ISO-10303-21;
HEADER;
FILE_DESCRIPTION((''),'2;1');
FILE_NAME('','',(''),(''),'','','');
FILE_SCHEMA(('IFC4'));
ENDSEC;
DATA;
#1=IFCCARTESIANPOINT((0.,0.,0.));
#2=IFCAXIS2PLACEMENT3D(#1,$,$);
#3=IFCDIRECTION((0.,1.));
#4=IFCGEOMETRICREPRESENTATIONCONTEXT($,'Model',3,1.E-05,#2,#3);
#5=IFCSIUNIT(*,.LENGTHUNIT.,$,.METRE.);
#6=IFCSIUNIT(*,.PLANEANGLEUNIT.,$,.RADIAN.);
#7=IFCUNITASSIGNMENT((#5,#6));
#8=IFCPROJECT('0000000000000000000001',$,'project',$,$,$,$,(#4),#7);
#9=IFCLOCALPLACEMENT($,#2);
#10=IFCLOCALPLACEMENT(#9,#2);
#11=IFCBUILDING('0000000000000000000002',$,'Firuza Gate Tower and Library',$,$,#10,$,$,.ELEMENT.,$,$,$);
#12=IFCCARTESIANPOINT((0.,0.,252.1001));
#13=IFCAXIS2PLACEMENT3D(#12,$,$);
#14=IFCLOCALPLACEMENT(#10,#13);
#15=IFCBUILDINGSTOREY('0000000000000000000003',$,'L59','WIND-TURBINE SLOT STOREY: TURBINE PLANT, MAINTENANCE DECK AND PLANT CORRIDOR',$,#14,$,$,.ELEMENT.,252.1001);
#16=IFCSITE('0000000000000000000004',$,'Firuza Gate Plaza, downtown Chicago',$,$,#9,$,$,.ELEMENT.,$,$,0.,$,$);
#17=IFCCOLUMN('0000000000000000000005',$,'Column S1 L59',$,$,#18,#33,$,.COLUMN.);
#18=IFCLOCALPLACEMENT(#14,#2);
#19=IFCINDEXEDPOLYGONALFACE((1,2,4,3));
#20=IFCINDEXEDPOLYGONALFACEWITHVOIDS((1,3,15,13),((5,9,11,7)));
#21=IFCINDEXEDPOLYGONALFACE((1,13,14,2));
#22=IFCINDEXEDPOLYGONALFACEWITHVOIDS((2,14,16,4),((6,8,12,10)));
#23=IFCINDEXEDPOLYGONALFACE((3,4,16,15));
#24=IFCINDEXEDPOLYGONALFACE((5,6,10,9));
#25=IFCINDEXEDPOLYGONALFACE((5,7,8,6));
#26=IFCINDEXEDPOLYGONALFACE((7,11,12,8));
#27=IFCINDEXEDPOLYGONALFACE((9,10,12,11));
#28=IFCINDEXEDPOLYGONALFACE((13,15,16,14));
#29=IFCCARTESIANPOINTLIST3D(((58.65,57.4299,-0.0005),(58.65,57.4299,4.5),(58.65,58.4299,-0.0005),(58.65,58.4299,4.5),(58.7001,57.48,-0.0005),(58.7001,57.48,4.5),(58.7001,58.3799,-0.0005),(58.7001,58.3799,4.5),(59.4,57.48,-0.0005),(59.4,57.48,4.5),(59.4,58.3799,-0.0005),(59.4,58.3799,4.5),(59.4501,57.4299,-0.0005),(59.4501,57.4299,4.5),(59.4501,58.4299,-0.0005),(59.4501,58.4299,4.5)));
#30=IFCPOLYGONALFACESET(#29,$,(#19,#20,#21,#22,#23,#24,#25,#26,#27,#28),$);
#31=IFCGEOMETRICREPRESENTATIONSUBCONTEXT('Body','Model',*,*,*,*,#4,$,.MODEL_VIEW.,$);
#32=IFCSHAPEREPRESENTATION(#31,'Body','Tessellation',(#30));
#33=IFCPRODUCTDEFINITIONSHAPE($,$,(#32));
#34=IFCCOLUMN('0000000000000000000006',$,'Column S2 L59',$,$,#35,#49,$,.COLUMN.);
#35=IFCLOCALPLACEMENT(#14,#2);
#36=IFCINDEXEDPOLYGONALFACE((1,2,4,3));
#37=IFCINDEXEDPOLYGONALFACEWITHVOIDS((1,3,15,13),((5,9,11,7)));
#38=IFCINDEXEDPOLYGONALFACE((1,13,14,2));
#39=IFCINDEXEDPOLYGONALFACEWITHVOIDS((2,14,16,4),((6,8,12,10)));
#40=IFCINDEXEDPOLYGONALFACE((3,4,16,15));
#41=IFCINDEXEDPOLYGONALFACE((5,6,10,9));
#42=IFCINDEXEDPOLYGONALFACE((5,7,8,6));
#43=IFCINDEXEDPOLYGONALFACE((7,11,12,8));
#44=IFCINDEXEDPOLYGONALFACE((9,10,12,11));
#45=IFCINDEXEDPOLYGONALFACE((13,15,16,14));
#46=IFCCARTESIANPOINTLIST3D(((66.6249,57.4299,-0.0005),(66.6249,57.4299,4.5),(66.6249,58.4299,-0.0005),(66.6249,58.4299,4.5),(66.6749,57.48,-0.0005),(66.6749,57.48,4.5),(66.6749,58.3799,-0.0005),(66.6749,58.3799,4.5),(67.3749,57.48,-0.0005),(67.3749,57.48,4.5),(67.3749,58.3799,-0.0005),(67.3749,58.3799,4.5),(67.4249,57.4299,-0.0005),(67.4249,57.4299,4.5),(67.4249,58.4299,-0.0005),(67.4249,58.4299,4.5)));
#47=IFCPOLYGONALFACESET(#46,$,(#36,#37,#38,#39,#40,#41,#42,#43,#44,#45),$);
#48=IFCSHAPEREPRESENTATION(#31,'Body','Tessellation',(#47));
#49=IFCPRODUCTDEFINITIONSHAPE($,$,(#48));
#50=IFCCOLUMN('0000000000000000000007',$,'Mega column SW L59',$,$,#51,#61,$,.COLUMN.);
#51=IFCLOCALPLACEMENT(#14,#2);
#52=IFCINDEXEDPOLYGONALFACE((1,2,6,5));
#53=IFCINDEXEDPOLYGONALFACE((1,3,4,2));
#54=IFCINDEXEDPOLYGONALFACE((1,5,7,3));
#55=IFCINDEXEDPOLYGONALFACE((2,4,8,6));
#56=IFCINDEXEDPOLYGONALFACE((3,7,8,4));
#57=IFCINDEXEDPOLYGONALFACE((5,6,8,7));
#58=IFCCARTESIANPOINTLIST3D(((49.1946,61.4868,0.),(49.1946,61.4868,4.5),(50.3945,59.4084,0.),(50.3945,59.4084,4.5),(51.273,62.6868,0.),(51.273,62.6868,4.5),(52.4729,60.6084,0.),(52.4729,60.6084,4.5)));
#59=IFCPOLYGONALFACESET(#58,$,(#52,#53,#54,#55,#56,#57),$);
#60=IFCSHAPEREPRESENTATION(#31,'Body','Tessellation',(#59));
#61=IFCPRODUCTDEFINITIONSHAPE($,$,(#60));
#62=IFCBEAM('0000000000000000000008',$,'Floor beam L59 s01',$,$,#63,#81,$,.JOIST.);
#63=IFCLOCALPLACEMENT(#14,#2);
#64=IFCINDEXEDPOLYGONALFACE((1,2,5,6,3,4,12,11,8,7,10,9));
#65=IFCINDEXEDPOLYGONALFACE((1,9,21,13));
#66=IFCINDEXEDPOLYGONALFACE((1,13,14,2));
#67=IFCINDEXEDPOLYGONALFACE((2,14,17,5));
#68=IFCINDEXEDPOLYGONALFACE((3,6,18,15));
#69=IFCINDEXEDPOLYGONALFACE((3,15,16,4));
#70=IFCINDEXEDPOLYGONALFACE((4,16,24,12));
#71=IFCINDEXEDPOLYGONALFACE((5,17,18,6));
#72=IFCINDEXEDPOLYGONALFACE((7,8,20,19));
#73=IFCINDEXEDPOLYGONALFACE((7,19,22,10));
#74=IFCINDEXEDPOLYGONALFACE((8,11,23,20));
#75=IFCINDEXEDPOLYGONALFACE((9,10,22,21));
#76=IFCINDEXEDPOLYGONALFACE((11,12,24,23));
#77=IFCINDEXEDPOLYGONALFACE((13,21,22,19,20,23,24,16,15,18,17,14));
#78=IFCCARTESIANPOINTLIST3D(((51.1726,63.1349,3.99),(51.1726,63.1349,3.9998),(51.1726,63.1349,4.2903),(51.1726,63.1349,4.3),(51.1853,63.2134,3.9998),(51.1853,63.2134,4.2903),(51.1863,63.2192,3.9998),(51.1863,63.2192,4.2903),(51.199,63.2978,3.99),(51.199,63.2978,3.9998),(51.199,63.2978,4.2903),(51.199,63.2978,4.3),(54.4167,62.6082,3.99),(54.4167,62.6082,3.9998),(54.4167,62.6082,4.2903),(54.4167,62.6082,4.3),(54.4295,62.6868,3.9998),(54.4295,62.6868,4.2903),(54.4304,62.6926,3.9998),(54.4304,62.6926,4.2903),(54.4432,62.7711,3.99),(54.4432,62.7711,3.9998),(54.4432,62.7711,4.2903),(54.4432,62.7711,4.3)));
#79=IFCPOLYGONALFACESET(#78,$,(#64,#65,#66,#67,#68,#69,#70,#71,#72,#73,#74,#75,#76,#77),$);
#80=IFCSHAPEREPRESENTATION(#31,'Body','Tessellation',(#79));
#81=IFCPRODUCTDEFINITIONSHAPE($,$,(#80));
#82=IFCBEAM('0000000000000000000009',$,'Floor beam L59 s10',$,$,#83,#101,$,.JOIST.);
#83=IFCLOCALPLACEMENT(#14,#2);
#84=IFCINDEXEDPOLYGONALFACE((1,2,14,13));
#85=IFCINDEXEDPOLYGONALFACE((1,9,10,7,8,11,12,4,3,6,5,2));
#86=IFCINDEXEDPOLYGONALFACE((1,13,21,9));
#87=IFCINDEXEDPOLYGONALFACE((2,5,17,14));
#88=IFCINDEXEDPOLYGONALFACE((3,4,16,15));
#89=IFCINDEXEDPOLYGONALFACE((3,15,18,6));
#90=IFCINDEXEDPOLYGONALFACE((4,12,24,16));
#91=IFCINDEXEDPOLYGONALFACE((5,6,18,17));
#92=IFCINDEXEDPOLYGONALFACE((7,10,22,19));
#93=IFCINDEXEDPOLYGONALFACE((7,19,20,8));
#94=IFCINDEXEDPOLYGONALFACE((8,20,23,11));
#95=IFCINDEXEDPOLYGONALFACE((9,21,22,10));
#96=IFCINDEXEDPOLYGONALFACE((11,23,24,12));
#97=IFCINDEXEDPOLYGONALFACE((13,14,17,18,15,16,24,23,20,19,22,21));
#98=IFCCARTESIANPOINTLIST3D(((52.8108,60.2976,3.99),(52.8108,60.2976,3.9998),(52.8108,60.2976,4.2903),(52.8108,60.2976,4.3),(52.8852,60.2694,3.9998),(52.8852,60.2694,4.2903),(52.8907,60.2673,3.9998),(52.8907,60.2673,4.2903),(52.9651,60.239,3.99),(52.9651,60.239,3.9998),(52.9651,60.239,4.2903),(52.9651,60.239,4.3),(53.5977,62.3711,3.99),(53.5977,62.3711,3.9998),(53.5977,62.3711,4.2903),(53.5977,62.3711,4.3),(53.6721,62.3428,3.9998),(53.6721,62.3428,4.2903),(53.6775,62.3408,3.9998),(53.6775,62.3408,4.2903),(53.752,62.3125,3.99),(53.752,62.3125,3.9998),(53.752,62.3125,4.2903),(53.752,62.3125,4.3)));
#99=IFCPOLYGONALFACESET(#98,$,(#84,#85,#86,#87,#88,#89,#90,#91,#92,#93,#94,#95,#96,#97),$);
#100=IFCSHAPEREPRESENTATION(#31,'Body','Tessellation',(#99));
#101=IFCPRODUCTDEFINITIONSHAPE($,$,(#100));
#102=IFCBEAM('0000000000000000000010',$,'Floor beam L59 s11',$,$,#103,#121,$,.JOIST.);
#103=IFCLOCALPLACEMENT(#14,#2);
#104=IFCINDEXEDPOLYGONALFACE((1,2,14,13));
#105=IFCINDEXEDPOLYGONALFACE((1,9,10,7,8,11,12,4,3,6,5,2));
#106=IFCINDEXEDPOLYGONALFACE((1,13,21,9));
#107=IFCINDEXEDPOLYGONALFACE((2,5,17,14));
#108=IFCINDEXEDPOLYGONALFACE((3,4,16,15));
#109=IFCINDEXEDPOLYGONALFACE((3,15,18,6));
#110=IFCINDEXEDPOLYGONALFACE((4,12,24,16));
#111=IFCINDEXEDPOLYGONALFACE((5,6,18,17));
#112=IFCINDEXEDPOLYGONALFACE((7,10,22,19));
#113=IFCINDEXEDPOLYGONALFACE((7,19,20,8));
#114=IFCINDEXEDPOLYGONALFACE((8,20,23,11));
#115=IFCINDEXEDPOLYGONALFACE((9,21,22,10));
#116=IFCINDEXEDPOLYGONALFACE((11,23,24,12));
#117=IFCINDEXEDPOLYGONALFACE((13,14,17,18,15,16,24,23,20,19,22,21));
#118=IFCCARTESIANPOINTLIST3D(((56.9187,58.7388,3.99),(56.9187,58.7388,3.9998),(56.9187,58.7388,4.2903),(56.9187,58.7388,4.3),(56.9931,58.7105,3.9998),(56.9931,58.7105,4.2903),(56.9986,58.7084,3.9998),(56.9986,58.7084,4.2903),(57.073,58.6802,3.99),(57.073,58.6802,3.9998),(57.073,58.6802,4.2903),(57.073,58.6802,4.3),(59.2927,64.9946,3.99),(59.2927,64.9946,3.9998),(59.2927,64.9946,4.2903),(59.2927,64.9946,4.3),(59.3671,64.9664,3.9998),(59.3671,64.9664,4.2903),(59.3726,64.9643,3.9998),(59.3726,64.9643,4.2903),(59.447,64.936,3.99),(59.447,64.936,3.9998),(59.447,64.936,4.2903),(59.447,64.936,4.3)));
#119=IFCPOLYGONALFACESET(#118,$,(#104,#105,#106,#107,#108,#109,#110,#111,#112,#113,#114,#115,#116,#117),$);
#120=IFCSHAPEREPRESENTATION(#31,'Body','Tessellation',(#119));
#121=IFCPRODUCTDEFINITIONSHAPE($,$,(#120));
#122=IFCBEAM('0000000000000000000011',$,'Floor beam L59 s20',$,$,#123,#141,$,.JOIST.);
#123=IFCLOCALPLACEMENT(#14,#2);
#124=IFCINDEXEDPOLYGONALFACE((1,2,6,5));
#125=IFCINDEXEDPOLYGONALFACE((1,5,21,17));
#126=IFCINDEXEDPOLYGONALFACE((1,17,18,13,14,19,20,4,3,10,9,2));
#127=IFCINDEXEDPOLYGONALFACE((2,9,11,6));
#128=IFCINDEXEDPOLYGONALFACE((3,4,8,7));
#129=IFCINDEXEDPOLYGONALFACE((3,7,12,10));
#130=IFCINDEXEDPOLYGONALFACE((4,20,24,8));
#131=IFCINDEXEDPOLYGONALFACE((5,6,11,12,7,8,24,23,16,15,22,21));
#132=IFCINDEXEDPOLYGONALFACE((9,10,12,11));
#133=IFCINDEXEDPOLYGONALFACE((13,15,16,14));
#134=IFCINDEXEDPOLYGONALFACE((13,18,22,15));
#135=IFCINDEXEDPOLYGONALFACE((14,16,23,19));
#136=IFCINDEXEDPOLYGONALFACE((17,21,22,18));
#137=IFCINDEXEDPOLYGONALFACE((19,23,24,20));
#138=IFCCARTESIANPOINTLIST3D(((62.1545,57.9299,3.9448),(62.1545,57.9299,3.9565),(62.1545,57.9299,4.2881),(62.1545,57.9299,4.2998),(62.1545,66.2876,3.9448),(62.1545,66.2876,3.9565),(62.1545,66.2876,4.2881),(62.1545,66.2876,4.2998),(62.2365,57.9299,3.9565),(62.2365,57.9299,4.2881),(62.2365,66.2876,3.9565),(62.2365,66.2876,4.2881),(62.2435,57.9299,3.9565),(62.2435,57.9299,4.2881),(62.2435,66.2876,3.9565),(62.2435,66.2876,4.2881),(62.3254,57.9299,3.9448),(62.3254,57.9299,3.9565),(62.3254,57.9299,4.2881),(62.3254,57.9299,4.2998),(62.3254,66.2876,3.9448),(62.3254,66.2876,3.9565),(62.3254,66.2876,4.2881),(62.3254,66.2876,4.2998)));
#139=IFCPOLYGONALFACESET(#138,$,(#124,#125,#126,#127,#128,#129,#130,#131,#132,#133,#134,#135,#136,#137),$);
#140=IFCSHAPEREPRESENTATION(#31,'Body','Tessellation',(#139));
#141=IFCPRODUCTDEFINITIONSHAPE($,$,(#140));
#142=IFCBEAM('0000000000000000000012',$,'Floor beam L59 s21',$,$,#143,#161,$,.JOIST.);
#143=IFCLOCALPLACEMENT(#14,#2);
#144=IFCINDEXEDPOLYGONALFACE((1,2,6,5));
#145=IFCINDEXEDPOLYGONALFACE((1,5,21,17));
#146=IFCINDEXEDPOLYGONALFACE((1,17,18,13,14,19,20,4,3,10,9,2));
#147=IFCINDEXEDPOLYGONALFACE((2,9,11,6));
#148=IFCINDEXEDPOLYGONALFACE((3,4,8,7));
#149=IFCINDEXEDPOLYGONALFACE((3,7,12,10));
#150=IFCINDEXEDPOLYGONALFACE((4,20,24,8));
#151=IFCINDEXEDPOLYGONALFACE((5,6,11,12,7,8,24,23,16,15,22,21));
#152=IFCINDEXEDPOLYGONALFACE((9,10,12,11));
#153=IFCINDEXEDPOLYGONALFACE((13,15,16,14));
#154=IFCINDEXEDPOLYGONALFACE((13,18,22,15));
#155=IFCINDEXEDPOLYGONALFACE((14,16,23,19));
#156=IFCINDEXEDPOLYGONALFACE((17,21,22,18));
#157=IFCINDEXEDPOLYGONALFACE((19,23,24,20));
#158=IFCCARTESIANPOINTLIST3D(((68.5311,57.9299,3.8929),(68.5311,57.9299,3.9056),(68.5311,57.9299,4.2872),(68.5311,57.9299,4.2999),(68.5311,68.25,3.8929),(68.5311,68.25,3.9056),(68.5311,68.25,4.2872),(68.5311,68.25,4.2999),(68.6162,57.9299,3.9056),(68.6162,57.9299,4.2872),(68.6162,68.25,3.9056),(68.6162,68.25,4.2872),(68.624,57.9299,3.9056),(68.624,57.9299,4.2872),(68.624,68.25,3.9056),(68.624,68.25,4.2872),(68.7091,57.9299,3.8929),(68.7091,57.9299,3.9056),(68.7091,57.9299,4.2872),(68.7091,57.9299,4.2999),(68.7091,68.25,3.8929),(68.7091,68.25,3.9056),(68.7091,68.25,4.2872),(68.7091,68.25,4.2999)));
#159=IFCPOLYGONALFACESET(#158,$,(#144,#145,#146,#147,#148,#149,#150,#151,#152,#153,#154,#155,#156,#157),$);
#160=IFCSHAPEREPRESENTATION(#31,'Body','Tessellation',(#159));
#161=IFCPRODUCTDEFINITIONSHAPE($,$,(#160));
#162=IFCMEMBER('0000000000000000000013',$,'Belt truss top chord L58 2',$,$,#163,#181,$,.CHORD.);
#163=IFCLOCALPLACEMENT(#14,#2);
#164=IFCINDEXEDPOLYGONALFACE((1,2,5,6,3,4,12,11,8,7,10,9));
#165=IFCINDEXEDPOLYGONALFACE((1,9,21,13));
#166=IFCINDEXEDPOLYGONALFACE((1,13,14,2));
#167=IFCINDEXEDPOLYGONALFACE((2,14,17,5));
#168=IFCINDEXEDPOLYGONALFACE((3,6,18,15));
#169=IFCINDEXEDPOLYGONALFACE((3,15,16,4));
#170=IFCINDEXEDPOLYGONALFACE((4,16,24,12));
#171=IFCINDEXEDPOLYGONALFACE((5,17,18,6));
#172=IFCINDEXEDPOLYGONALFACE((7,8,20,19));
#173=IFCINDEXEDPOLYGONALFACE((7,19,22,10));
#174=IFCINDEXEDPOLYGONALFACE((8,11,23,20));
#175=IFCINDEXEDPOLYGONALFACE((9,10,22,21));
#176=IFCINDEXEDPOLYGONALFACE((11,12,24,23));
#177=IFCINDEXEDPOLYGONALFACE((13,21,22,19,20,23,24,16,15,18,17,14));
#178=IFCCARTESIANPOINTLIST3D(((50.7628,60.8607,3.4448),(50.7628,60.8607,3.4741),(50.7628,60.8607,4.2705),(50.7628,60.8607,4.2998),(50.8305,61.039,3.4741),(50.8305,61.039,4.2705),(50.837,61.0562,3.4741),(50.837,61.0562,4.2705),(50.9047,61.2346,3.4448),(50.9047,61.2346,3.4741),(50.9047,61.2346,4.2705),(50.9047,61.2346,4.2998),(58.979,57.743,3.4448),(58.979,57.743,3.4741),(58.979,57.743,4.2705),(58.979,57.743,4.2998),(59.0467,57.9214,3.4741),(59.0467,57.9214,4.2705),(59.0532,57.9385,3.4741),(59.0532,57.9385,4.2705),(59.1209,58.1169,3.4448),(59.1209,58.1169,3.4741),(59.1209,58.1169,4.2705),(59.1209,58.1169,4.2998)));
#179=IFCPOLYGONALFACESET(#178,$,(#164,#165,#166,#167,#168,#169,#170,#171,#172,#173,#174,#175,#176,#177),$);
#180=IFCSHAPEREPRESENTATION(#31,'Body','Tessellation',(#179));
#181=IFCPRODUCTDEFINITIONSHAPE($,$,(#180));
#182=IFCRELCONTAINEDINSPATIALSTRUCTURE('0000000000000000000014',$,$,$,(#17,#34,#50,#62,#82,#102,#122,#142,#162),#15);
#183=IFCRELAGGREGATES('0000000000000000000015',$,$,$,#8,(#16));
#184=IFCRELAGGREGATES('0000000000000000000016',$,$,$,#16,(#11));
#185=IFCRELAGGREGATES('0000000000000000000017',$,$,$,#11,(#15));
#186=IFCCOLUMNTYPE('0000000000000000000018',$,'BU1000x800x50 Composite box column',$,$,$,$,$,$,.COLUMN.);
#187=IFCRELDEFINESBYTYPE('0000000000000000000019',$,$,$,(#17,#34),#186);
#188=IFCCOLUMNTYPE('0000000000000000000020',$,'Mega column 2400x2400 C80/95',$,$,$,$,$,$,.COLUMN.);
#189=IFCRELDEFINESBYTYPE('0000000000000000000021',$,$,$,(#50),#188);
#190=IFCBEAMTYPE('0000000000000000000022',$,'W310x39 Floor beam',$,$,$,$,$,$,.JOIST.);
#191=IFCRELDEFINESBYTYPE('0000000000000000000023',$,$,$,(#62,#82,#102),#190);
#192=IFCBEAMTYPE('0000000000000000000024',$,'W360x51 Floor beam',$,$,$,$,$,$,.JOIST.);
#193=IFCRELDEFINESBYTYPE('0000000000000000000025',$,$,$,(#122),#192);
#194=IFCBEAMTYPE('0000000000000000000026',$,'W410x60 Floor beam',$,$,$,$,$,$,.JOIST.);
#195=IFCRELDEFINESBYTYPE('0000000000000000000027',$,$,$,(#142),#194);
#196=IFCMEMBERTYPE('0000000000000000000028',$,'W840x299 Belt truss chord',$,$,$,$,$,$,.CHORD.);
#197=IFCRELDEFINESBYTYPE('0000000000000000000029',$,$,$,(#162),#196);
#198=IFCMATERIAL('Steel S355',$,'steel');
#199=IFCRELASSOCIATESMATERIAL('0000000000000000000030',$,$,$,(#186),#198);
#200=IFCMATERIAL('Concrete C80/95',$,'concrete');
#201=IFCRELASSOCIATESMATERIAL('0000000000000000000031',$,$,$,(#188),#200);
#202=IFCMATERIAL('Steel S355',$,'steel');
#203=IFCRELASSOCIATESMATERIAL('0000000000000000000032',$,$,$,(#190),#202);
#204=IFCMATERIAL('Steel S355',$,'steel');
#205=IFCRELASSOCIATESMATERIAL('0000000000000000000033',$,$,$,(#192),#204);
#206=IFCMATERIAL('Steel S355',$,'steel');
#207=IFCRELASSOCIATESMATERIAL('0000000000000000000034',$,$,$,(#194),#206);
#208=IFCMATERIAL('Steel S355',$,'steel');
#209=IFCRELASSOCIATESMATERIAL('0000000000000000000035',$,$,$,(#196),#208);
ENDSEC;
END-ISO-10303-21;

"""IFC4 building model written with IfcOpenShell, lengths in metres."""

from ifc_helpers import new_model, si_unit, direction, frame, origin, origin_2d, place, context, subcontext, project, spatial, rectangle, hollow_rectangle, i_section, extrude, material, material_profile, profile_set, type_object, element, save


model = new_model("IFC4")

# Units and contexts
model_context = context("Model", 3, precision=1e-05, world=origin(), true_north=direction((0.0, 1.0)))
body_context = subcontext(model_context, "Body", "Model", "MODEL_VIEW")
ifc_project = project(units=[si_unit("LENGTHUNIT", "METRE"), si_unit("PLANEANGLEUNIT", "RADIAN")], contexts=[model_context])

# Site, building, storey
site_placement = place(None, origin())
site = spatial("IfcSite", under=ifc_project, at=site_placement, Name="Firuza Gate Plaza, downtown Chicago", CompositionType="ELEMENT", RefElevation=0.0)
building_placement = place(site_placement, origin())
building = spatial("IfcBuilding", under=site, at=building_placement, Name="Firuza Gate Tower and Library", CompositionType="ELEMENT")
storey_placement = place(building_placement, frame((0.0, 0.0, 252.1001)))
storey = spatial("IfcBuildingStorey", under=building, at=storey_placement, Name="L59", Description="WIND-TURBINE SLOT STOREY: TURBINE PLANT, MAINTENANCE DECK AND PLANT CORRIDOR", CompositionType="ELEMENT", Elevation=252.1001)

# Columns
ifc_material_1 = material(Name="Steel S355", Category="steel")
ifc_material_profile_1 = material_profile(ifc_material_1, hollow_rectangle(XDim=0.8, YDim=1.0, WallThickness=0.05, at=origin_2d()))
ifc_profile_set_1 = profile_set([ifc_material_profile_1], Name="Steel S355")
column_type_1 = type_object("IfcColumnType", Name="BU1000x800x50 Composite box column", PredefinedType="COLUMN", material=ifc_profile_set_1)
for number, where, z_axis, x_axis, name in (
    (1, (59.05, 57.9299, -0.0005), (0.0, 0.0, 1.0), (1.0, 0.0, 0.0), "Column S1 L59"),
    (2, (67.0249, 57.9299, -0.0005), (0.0, 0.0, 1.0), (1.0, 0.0, 0.0), "Column S2 L59"),
):
    element("IfcColumn", number, at=place(storey_placement, frame(where, z_axis=z_axis, x_axis=x_axis)), inside=storey, type_object=column_type_1, Name=name, PredefinedType="COLUMN", context=body_context, shape_type="SweptSolid", body=[
        extrude(hollow_rectangle(XDim=0.8, YDim=1.0, WallThickness=0.05, at=origin_2d()), origin(), (0.0, 0.0, 1.0), 4.5005),
    ])
ifc_material_2 = material(Name="Concrete C80/95", Category="concrete")
ifc_material_profile_2 = material_profile(ifc_material_2, rectangle(XDim=2.3999, YDim=2.3999, at=origin_2d()))
ifc_profile_set_2 = profile_set([ifc_material_profile_2], Name="Concrete C80/95")
column_type_2 = type_object("IfcColumnType", Name="Mega column 2400x2400 C80/95", PredefinedType="COLUMN", material=ifc_profile_set_2)
column_placement = place(storey_placement, frame((50.8337, 61.0476, 0.0), z_axis=(0.0, 0.0, 1.0), x_axis=(0.5, -0.866025, 0.0)))
element("IfcColumn", 3, at=column_placement, inside=storey, type_object=column_type_2, Name="Mega column SW L59", PredefinedType="COLUMN", context=body_context, shape_type="SweptSolid", body=[
    extrude(rectangle(XDim=2.3999, YDim=2.3999, at=origin_2d()), origin(), (0.0, 0.0, 1.0), 4.5),
])

# Beams
ifc_material_3 = material(Name="Steel S355", Category="steel")
ifc_material_profile_3 = material_profile(ifc_material_3, i_section(OverallWidth=0.165, OverallDepth=0.3101, WebThickness=0.0059, FlangeThickness=0.0098, at=origin_2d()))
ifc_profile_set_3 = profile_set([ifc_material_profile_3], Name="Steel S355")
beam_type_1 = type_object("IfcBeamType", Name="W310x39 Floor beam", PredefinedType="JOIST", material=ifc_profile_set_3)
beam_1_placement = place(storey_placement, frame((51.1858, 63.2163, 4.145), z_axis=(0.98708, -0.16023, 0.0), x_axis=(0.16023, 0.98708, 0.0)))
element("IfcBeam", 4, at=beam_1_placement, inside=storey, type_object=beam_type_1, Name="Floor beam L59 s01", PredefinedType="JOIST", context=body_context, shape_type="SweptSolid", body=[
    extrude(i_section(OverallWidth=0.165, OverallDepth=0.3101, WebThickness=0.0059, FlangeThickness=0.0098, at=origin_2d()), origin(), (0.0, 0.0, 1.0), 3.2866),
])
beam_2_placement = place(storey_placement, frame((52.8879, 60.2683, 4.145), z_axis=(0.3548, 0.934942, 0.0), x_axis=(-0.934942, 0.3548, 0.0)))
element("IfcBeam", 5, at=beam_2_placement, inside=storey, type_object=beam_type_1, Name="Floor beam L59 s10", PredefinedType="JOIST", context=body_context, shape_type="SweptSolid", body=[
    extrude(i_section(OverallWidth=0.165, OverallDepth=0.3101, WebThickness=0.0059, FlangeThickness=0.0098, at=origin_2d()), origin(), (0.0, 0.0, 1.0), 2.2178),
])
beam_3_placement = place(storey_placement, frame((56.9958, 58.7095, 4.145), z_axis=(0.354799, 0.934942, 0.0), x_axis=(-0.934942, 0.354799, 0.0)))
element("IfcBeam", 6, at=beam_3_placement, inside=storey, type_object=beam_type_1, Name="Floor beam L59 s11", PredefinedType="JOIST", context=body_context, shape_type="SweptSolid", body=[
    extrude(i_section(OverallWidth=0.165, OverallDepth=0.3101, WebThickness=0.0059, FlangeThickness=0.0098, at=origin_2d()), origin(), (0.0, 0.0, 1.0), 6.6912),
])
ifc_material_4 = material(Name="Steel S355", Category="steel")
ifc_material_profile_4 = material_profile(ifc_material_4, i_section(OverallWidth=0.1709, OverallDepth=0.355, WebThickness=0.0071, FlangeThickness=0.0117, at=origin_2d()))
ifc_profile_set_4 = profile_set([ifc_material_profile_4], Name="Steel S355")
beam_type_2 = type_object("IfcBeamType", Name="W360x51 Floor beam", PredefinedType="JOIST", material=ifc_profile_set_4)
beam_4_placement = place(storey_placement, frame((62.24, 57.9299, 4.1223), z_axis=(0.0, 1.0, 0.0), x_axis=(-1.0, 0.0, 0.0)))
element("IfcBeam", 7, at=beam_4_placement, inside=storey, type_object=beam_type_2, Name="Floor beam L59 s20", PredefinedType="JOIST", context=body_context, shape_type="SweptSolid", body=[
    extrude(i_section(OverallWidth=0.1709, OverallDepth=0.355, WebThickness=0.0071, FlangeThickness=0.0117, at=origin_2d()), origin(), (0.0, 0.0, 1.0), 8.3577),
])
ifc_material_5 = material(Name="Steel S355", Category="steel")
ifc_material_profile_5 = material_profile(ifc_material_5, i_section(OverallWidth=0.178, OverallDepth=0.407, WebThickness=0.0078, FlangeThickness=0.0127, at=origin_2d()))
ifc_profile_set_5 = profile_set([ifc_material_profile_5], Name="Steel S355")
beam_type_3 = type_object("IfcBeamType", Name="W410x60 Floor beam", PredefinedType="JOIST", material=ifc_profile_set_5)
beam_5_placement = place(storey_placement, frame((68.6201, 57.9299, 4.0964), z_axis=(0.0, 1.0, 0.0), x_axis=(-1.0, 0.0, 0.0)))
element("IfcBeam", 8, at=beam_5_placement, inside=storey, type_object=beam_type_3, Name="Floor beam L59 s21", PredefinedType="JOIST", context=body_context, shape_type="SweptSolid", body=[
    extrude(i_section(OverallWidth=0.178, OverallDepth=0.407, WebThickness=0.0078, FlangeThickness=0.0127, at=origin_2d()), origin(), (0.0, 0.0, 1.0), 10.3201),
])

# Member
ifc_material_6 = material(Name="Steel S355", Category="steel")
ifc_material_profile_6 = material_profile(ifc_material_6, i_section(OverallWidth=0.3999, OverallDepth=0.855, WebThickness=0.0183, FlangeThickness=0.0293, at=origin_2d()))
ifc_profile_set_6 = profile_set([ifc_material_profile_6], Name="Steel S355")
member_type = type_object("IfcMemberType", Name="W840x299 Belt truss chord", PredefinedType="CHORD", material=ifc_profile_set_6)
member_1_placement = place(storey_placement, frame((50.8337, 61.0476, 3.8723), z_axis=(0.934954, -0.354768, 0.0), x_axis=(0.354768, 0.934954, 0.0)))
element("IfcMember", 9, at=member_1_placement, inside=storey, type_object=member_type, Name="Belt truss top chord L58 2", PredefinedType="CHORD", context=body_context, shape_type="SweptSolid", body=[
    extrude(i_section(OverallWidth=0.3999, OverallDepth=0.855, WebThickness=0.0183, FlangeThickness=0.0293, at=origin_2d()), origin(), (0.0, 0.0, 1.0), 8.7878),
])

save(model, "model.ifc")
